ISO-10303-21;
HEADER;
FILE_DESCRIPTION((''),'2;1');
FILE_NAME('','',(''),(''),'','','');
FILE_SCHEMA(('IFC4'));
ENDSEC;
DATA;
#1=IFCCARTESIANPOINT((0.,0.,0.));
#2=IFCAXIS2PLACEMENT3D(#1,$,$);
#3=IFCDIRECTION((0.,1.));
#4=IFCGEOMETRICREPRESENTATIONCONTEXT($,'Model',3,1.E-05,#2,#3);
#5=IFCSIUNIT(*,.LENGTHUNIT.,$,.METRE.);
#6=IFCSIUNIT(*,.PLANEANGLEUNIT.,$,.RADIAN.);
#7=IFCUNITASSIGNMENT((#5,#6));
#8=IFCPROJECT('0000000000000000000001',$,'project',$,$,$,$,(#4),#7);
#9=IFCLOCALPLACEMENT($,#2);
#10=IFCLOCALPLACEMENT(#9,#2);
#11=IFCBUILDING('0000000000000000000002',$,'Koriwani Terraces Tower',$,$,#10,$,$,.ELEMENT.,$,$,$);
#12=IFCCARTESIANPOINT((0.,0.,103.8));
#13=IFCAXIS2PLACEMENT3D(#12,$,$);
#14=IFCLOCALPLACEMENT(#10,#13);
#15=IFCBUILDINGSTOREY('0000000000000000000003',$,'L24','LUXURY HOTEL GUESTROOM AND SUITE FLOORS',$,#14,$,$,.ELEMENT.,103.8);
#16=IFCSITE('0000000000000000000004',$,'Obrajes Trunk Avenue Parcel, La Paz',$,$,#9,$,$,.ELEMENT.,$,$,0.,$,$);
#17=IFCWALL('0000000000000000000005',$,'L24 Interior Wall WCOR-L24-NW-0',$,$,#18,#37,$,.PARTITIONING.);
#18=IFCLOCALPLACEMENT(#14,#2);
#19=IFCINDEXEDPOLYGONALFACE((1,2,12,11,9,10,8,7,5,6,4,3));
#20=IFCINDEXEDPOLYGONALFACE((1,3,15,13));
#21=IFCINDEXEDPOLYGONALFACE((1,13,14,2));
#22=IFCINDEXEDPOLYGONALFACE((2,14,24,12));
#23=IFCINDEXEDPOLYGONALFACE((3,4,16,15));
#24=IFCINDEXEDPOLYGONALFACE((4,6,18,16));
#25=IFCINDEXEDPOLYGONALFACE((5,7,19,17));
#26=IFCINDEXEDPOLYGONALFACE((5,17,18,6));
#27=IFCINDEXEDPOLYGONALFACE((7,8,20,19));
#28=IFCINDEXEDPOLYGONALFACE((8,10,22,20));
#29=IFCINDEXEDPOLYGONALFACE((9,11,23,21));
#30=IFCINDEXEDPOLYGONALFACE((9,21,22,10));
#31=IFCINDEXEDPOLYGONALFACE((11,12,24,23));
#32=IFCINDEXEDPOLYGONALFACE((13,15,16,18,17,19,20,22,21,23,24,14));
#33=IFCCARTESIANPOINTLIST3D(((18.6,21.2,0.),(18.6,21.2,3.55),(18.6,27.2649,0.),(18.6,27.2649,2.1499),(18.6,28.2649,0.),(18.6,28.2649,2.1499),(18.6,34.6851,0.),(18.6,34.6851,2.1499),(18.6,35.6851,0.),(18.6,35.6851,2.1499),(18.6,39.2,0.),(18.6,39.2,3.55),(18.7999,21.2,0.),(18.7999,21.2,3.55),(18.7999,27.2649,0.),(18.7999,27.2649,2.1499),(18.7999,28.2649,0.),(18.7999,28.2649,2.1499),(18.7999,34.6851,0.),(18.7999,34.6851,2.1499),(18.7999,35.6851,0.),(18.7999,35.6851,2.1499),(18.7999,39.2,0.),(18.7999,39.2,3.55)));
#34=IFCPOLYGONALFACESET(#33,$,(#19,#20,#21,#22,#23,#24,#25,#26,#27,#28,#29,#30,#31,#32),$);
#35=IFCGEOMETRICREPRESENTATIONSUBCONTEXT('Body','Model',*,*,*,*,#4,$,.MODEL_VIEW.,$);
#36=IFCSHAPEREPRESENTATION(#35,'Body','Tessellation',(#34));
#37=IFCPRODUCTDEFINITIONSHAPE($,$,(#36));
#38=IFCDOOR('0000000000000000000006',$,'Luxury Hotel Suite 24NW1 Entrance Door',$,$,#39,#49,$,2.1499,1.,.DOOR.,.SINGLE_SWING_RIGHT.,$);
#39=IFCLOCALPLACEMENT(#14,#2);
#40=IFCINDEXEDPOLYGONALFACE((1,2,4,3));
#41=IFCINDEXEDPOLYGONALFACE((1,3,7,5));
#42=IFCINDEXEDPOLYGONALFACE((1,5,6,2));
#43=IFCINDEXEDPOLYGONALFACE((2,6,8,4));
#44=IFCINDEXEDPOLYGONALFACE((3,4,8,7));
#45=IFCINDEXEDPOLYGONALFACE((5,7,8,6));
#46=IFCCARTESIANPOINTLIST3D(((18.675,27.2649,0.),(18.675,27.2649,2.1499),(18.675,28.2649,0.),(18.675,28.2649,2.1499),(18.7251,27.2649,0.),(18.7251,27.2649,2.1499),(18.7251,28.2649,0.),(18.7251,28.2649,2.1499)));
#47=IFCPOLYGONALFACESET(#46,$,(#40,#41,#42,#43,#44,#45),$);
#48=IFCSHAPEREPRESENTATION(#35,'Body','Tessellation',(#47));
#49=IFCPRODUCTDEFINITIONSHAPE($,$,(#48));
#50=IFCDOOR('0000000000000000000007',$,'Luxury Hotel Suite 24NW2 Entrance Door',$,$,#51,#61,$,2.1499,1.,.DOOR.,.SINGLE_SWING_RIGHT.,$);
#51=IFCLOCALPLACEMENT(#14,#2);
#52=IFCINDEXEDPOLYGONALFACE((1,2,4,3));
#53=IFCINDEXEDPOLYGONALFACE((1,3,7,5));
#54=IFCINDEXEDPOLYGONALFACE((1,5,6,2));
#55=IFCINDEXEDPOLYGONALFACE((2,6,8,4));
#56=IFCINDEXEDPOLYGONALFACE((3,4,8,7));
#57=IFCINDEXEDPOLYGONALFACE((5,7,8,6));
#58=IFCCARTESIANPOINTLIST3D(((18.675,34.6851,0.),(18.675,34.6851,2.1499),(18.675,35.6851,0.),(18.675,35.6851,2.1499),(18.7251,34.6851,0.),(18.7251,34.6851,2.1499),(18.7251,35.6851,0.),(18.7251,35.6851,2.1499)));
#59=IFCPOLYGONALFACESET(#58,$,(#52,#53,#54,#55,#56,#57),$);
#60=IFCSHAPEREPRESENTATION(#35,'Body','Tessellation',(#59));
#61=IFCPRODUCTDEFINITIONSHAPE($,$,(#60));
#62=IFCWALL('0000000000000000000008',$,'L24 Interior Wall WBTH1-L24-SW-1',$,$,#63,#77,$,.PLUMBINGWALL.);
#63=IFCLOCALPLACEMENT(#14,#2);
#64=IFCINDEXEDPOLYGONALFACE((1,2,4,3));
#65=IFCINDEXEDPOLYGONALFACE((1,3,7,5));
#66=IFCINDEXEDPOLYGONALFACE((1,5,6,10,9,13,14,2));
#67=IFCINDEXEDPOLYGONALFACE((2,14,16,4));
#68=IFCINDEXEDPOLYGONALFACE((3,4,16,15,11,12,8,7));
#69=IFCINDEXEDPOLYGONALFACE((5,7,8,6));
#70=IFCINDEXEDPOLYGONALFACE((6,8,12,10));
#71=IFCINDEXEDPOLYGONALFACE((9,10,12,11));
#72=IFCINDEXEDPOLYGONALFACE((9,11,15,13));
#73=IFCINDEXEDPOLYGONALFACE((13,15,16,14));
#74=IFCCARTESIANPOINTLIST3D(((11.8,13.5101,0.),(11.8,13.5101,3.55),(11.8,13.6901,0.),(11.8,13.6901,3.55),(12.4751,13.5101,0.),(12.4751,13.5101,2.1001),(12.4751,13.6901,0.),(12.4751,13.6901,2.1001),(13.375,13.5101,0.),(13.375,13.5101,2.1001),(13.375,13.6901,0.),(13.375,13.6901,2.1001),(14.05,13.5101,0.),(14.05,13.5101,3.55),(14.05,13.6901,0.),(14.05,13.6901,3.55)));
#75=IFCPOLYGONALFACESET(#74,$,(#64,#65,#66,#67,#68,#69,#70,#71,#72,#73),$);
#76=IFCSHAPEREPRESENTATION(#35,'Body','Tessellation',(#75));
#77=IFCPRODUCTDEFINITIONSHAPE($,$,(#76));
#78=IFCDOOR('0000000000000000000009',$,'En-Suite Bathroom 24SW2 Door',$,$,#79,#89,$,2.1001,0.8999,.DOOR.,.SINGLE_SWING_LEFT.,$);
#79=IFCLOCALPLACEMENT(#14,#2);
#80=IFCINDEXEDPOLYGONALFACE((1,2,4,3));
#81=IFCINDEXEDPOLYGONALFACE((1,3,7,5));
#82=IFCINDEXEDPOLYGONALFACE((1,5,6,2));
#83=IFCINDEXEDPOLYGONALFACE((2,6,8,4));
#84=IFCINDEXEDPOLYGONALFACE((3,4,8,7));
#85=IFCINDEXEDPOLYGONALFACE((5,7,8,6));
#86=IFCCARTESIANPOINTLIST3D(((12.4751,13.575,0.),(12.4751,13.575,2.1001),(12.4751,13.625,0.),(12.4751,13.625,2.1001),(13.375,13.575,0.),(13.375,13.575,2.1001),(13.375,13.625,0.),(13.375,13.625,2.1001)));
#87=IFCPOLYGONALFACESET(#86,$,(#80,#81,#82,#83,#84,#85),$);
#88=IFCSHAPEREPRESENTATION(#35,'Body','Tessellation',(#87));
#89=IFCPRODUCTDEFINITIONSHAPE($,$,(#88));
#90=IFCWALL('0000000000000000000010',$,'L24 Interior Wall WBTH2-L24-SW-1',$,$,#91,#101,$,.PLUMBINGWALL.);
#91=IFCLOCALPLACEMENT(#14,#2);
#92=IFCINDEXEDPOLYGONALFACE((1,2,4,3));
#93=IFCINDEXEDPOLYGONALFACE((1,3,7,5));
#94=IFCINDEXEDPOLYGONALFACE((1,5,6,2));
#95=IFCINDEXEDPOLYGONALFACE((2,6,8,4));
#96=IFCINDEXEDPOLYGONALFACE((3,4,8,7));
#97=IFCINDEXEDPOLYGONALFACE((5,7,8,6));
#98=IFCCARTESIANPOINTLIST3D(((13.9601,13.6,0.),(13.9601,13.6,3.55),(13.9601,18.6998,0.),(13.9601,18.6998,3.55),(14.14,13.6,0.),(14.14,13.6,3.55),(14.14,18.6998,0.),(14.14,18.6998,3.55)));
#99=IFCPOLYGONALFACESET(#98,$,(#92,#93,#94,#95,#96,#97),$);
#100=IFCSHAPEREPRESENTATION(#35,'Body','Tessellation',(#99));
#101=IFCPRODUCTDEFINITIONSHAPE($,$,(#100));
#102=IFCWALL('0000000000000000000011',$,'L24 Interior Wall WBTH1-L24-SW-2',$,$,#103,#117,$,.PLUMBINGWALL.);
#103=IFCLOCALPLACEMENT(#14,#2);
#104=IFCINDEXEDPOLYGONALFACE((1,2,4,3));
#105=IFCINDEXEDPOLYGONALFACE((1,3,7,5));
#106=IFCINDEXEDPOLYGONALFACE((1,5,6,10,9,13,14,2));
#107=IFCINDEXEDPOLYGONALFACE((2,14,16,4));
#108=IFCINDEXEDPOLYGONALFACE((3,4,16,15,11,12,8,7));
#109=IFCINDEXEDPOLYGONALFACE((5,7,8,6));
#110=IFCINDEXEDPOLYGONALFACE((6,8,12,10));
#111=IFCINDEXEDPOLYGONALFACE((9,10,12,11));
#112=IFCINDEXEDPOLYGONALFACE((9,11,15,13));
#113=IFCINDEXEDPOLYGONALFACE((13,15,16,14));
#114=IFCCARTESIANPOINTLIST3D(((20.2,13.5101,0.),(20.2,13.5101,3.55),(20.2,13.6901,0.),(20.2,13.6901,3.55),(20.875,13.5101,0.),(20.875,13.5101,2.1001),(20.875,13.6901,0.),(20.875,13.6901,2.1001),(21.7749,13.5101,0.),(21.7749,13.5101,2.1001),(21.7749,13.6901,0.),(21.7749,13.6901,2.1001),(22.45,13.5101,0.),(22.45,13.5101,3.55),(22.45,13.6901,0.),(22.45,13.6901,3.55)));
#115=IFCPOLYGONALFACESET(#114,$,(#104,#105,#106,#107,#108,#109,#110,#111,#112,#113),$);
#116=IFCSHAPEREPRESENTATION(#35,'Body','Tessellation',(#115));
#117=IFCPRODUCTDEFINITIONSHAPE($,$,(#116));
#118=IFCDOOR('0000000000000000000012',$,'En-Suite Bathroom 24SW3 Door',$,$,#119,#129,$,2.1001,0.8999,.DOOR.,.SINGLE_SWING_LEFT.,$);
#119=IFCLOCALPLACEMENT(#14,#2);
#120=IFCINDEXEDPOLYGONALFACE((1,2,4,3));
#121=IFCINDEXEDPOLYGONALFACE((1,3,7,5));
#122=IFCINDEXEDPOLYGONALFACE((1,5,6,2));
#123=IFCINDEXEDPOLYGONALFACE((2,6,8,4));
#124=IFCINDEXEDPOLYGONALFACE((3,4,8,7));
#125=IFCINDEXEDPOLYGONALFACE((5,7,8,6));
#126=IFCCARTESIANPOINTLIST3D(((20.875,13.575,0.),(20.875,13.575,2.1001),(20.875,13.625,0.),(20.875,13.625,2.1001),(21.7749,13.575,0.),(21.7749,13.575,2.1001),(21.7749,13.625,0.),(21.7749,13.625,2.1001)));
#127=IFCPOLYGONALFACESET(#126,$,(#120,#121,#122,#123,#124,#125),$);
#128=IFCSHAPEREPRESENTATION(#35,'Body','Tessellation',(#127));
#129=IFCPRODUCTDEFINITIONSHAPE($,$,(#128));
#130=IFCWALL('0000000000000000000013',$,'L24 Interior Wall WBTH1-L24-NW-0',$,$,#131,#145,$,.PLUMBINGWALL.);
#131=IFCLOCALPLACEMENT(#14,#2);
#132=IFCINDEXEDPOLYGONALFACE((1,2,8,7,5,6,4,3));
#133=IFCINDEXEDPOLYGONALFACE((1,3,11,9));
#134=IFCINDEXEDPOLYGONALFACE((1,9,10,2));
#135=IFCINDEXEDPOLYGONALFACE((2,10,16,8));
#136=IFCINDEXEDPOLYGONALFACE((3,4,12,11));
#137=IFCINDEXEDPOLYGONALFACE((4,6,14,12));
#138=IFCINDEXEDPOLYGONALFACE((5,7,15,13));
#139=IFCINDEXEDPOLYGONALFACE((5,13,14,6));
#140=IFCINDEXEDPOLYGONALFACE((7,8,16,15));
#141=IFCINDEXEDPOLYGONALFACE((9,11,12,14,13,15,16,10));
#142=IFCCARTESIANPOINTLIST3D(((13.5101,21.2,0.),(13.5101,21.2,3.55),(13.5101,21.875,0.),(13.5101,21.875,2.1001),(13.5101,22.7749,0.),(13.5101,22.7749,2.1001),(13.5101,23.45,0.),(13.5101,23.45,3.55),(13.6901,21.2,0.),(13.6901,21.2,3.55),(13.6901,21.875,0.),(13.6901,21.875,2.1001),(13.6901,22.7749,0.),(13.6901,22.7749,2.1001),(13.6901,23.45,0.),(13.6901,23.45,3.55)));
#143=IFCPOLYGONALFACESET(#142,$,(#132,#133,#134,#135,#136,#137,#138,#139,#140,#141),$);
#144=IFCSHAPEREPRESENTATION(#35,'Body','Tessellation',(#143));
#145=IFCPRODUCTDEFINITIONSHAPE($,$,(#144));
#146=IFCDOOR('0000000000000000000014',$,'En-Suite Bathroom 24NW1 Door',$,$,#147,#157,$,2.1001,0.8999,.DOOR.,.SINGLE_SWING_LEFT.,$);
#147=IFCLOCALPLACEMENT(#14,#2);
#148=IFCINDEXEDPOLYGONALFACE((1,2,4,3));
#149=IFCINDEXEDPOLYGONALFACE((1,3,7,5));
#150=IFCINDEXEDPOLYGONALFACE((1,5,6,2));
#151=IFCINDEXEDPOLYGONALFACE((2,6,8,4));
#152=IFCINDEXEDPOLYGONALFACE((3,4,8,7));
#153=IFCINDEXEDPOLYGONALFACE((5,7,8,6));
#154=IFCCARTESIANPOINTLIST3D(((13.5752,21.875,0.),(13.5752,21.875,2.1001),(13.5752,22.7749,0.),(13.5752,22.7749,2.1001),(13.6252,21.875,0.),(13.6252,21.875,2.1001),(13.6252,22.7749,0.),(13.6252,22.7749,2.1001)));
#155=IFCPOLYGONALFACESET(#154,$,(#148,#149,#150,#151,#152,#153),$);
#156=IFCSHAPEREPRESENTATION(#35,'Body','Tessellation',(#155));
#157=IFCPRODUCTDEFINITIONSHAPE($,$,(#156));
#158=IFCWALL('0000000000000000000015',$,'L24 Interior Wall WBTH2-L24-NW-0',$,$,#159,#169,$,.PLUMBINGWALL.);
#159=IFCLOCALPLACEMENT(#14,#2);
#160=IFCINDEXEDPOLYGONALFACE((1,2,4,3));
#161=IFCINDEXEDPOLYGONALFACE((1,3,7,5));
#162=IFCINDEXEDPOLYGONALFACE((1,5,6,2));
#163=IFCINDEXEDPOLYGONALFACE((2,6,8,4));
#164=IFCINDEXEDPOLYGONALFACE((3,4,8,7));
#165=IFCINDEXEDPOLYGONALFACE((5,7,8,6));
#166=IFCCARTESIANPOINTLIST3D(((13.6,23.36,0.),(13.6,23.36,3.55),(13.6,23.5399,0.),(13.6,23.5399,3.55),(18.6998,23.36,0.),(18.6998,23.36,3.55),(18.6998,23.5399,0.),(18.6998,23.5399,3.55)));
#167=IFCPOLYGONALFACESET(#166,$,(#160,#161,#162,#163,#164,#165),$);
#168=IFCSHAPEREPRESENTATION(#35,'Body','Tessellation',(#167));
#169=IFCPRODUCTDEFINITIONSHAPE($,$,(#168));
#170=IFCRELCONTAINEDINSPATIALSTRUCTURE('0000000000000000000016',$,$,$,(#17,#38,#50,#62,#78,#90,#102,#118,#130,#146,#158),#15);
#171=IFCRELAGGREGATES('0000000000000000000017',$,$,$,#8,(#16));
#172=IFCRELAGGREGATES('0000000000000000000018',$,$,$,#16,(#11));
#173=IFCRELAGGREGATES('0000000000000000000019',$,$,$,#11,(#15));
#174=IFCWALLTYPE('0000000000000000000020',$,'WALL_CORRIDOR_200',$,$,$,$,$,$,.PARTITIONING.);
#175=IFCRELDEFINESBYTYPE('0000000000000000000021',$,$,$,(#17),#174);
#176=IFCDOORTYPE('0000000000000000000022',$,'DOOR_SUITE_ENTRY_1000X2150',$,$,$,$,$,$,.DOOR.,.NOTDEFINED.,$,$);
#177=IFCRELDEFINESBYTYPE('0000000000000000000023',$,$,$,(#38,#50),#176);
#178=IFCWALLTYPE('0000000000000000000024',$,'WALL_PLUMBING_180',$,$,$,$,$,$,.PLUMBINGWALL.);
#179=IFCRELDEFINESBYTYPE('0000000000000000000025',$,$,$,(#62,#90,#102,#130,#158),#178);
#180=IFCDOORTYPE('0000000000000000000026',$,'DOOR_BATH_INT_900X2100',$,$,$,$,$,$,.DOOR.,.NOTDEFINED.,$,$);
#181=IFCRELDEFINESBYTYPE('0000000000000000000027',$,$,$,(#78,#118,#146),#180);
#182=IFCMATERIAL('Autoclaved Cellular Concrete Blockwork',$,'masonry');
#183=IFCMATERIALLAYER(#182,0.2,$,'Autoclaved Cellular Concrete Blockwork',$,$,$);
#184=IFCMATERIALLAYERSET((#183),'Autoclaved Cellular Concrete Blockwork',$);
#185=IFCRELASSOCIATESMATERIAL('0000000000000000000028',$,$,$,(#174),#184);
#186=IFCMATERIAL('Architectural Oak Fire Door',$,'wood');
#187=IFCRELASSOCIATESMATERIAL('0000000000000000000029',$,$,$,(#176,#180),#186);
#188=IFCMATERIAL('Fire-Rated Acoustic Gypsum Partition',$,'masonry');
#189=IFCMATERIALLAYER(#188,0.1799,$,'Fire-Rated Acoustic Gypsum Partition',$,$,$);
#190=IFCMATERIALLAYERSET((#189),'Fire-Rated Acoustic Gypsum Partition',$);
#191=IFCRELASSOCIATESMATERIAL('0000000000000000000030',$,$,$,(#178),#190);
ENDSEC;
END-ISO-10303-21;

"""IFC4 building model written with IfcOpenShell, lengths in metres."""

from ifc_helpers import new_model, si_unit, direction, frame, frame_2d, origin, place, context, subcontext, project, spatial, rectangle, extrude, material, layer, layer_set, type_object, element, fill, save


model = new_model("IFC4")

# Units and contexts
model_context = context("Model", 3, precision=1e-05, world=origin(), true_north=direction((0.0, 1.0)))
body_context = subcontext(model_context, "Body", "Model", "MODEL_VIEW")
ifc_project = project(units=[si_unit("LENGTHUNIT", "METRE"), si_unit("PLANEANGLEUNIT", "RADIAN")], contexts=[model_context])

# Site, building, storey
site_placement = place(None, origin())
site = spatial("IfcSite", under=ifc_project, at=site_placement, Name="Obrajes Trunk Avenue Parcel, La Paz", CompositionType="ELEMENT", RefElevation=0.0)
building_placement = place(site_placement, origin())
building = spatial("IfcBuilding", under=site, at=building_placement, Name="Koriwani Terraces Tower", CompositionType="ELEMENT")
storey_placement = place(building_placement, frame((0.0, 0.0, 103.8)))
storey = spatial("IfcBuildingStorey", under=building, at=storey_placement, Name="L24", Description="LUXURY HOTEL GUESTROOM AND SUITE FLOORS", CompositionType="ELEMENT", Elevation=103.8)

# Wall, openings, doors
ifc_material_1 = material(Name="Autoclaved Cellular Concrete Blockwork", Category="masonry")
ifc_layer_1 = layer(ifc_material_1, 0.2, Name="Autoclaved Cellular Concrete Blockwork")
ifc_layer_set_1 = layer_set([ifc_layer_1], Name="Autoclaved Cellular Concrete Blockwork")
wall_type_1 = type_object("IfcWallType", Name="WALL_CORRIDOR_200", PredefinedType="PARTITIONING", material=ifc_layer_set_1)
ifc_material_2 = material(Name="Architectural Oak Fire Door", Category="wood")
wall_1_placement = place(storey_placement, frame((18.7, 21.2, 0.0), z_axis=(0.0, 0.0, 1.0), x_axis=(0.0, 1.0, 0.0)))
wall_1 = element("IfcWall", 1, at=wall_1_placement, inside=storey, type_object=wall_type_1, Name="L24 Interior Wall WCOR-L24-NW-0", PredefinedType="PARTITIONING", context=body_context, shape_type="SweptSolid", body=[
    extrude(rectangle(XDim=18.0, YDim=0.2, at=frame_2d((9.0, 0.0))), origin(), (0.0, 0.0, 1.0), 3.55),
])
opening_1_placement = place(wall_1_placement, frame((6.0649, 0.0, 0.0)))
opening_1 = element("IfcOpeningElement", 2, at=opening_1_placement, cuts=wall_1, PredefinedType="OPENING", context=body_context, shape_type="SweptSolid", body=[
    extrude(rectangle(XDim=1.0, YDim=2.1499, at=frame_2d((0.5, 1.075))), frame((0.0, 0.1099, 0.0), z_axis=(0.0, -1.0, 0.0), x_axis=(1.0, 0.0, 0.0)), (0.0, 0.0, 1.0), 0.22),
])
opening_2_placement = place(wall_1_placement, frame((13.4851, 0.0, 0.0)))
opening_2 = element("IfcOpeningElement", 3, at=opening_2_placement, cuts=wall_1, PredefinedType="OPENING", context=body_context, shape_type="SweptSolid", body=[
    extrude(rectangle(XDim=1.0, YDim=2.1499, at=frame_2d((0.5, 1.075))), frame((0.0, 0.1099, 0.0), z_axis=(0.0, -1.0, 0.0), x_axis=(1.0, 0.0, 0.0)), (0.0, 0.0, 1.0), 0.22),
])
door_type_1 = type_object("IfcDoorType", Name="DOOR_SUITE_ENTRY_1000X2150", OperationType="NOTDEFINED", PredefinedType="DOOR", material=ifc_material_2)
door_1_placement = place(opening_1_placement, origin())
door_1 = element("IfcDoor", 4, at=door_1_placement, inside=storey, type_object=door_type_1, Name="Luxury Hotel Suite 24NW1 Entrance Door", OperationType="SINGLE_SWING_RIGHT", OverallHeight=2.1499, OverallWidth=1.0, PredefinedType="DOOR", context=body_context, shape_type="SweptSolid", body=[
    extrude(rectangle(XDim=1.0, YDim=2.1499, at=frame_2d((0.5, 1.075))), frame((0.0, 0.0249, 0.0), z_axis=(0.0, -1.0, 0.0), x_axis=(1.0, 0.0, 0.0)), (0.0, 0.0, 1.0), 0.05),
])
fill(opening_1, door_1)
door_2_placement = place(opening_2_placement, origin())
door_2 = element("IfcDoor", 5, at=door_2_placement, inside=storey, type_object=door_type_1, Name="Luxury Hotel Suite 24NW2 Entrance Door", OperationType="SINGLE_SWING_RIGHT", OverallHeight=2.1499, OverallWidth=1.0, PredefinedType="DOOR", context=body_context, shape_type="SweptSolid", body=[
    extrude(rectangle(XDim=1.0, YDim=2.1499, at=frame_2d((0.5, 1.075))), frame((0.0, 0.0249, 0.0), z_axis=(0.0, -1.0, 0.0), x_axis=(1.0, 0.0, 0.0)), (0.0, 0.0, 1.0), 0.05),
])
fill(opening_2, door_2)

# Wall, opening, door
ifc_material_3 = material(Name="Fire-Rated Acoustic Gypsum Partition", Category="masonry")
ifc_layer_2 = layer(ifc_material_3, 0.1799, Name="Fire-Rated Acoustic Gypsum Partition")
ifc_layer_set_2 = layer_set([ifc_layer_2], Name="Fire-Rated Acoustic Gypsum Partition")
wall_type_2 = type_object("IfcWallType", Name="WALL_PLUMBING_180", PredefinedType="PLUMBINGWALL", material=ifc_layer_set_2)
wall_2_placement = place(storey_placement, frame((11.8, 13.6001, 0.0), z_axis=(0.0, 0.0, 1.0), x_axis=(1.0, 0.0, 0.0)))
wall_2 = element("IfcWall", 6, at=wall_2_placement, inside=storey, type_object=wall_type_2, Name="L24 Interior Wall WBTH1-L24-SW-1", PredefinedType="PLUMBINGWALL", context=body_context, shape_type="SweptSolid", body=[
    extrude(rectangle(XDim=2.25, YDim=0.1799, at=frame_2d((1.125, 0.0))), origin(), (0.0, 0.0, 1.0), 3.55),
])
opening_3_placement = place(wall_2_placement, frame((0.675, 0.0, 0.0)))
opening_3 = element("IfcOpeningElement", 7, at=opening_3_placement, cuts=wall_2, PredefinedType="OPENING", context=body_context, shape_type="SweptSolid", body=[
    extrude(rectangle(XDim=0.8999, YDim=2.1001, at=frame_2d((0.45, 1.05))), frame((0.0, 0.1001, 0.0), z_axis=(0.0, -1.0, 0.0), x_axis=(1.0, 0.0, 0.0)), (0.0, 0.0, 1.0), 0.2),
])
door_type_2 = type_object("IfcDoorType", Name="DOOR_BATH_INT_900X2100", OperationType="NOTDEFINED", PredefinedType="DOOR", material=ifc_material_2)
door_3_placement = place(opening_3_placement, origin())
door_3 = element("IfcDoor", 8, at=door_3_placement, inside=storey, type_object=door_type_2, Name="En-Suite Bathroom 24SW2 Door", OperationType="SINGLE_SWING_LEFT", OverallHeight=2.1001, OverallWidth=0.8999, PredefinedType="DOOR", context=body_context, shape_type="SweptSolid", body=[
    extrude(rectangle(XDim=0.8999, YDim=2.1001, at=frame_2d((0.45, 1.05))), frame((0.0, 0.0249, 0.0), z_axis=(0.0, -1.0, 0.0), x_axis=(1.0, 0.0, 0.0)), (0.0, 0.0, 1.0), 0.05),
])
fill(opening_3, door_3)

# Wall
wall_3_placement = place(storey_placement, frame((14.05, 13.6001, 0.0), z_axis=(0.0, 0.0, 1.0), x_axis=(0.0, 1.0, 0.0)))
element("IfcWall", 9, at=wall_3_placement, inside=storey, type_object=wall_type_2, Name="L24 Interior Wall WBTH2-L24-SW-1", PredefinedType="PLUMBINGWALL", context=body_context, shape_type="SweptSolid", body=[
    extrude(rectangle(XDim=5.0999, YDim=0.1799, at=frame_2d((2.5498, 0.0))), origin(), (0.0, 0.0, 1.0), 3.55),
])

# Walls, openings, doors
wall_4_placement = place(storey_placement, frame((20.2, 13.6001, 0.0), z_axis=(0.0, 0.0, 1.0), x_axis=(1.0, 0.0, 0.0)))
wall_4 = element("IfcWall", 10, at=wall_4_placement, inside=storey, type_object=wall_type_2, Name="L24 Interior Wall WBTH1-L24-SW-2", PredefinedType="PLUMBINGWALL", context=body_context, shape_type="SweptSolid", body=[
    extrude(rectangle(XDim=2.25, YDim=0.1799, at=frame_2d((1.125, 0.0))), origin(), (0.0, 0.0, 1.0), 3.55),
])
opening_4_placement = place(wall_4_placement, frame((0.675, 0.0, 0.0)))
opening_4 = element("IfcOpeningElement", 11, at=opening_4_placement, cuts=wall_4, PredefinedType="OPENING", context=body_context, shape_type="SweptSolid", body=[
    extrude(rectangle(XDim=0.8999, YDim=2.1001, at=frame_2d((0.45, 1.05))), frame((0.0, 0.1001, 0.0), z_axis=(0.0, -1.0, 0.0), x_axis=(1.0, 0.0, 0.0)), (0.0, 0.0, 1.0), 0.2),
])
door_4_placement = place(opening_4_placement, origin())
door_4 = element("IfcDoor", 12, at=door_4_placement, inside=storey, type_object=door_type_2, Name="En-Suite Bathroom 24SW3 Door", OperationType="SINGLE_SWING_LEFT", OverallHeight=2.1001, OverallWidth=0.8999, PredefinedType="DOOR", context=body_context, shape_type="SweptSolid", body=[
    extrude(rectangle(XDim=0.8999, YDim=2.1001, at=frame_2d((0.45, 1.05))), frame((0.0, 0.0249, 0.0), z_axis=(0.0, -1.0, 0.0), x_axis=(1.0, 0.0, 0.0)), (0.0, 0.0, 1.0), 0.05),
])
fill(opening_4, door_4)
wall_5_placement = place(storey_placement, frame((13.6001, 21.2, 0.0), z_axis=(0.0, 0.0, 1.0), x_axis=(0.0, 1.0, 0.0)))
wall_5 = element("IfcWall", 13, at=wall_5_placement, inside=storey, type_object=wall_type_2, Name="L24 Interior Wall WBTH1-L24-NW-0", PredefinedType="PLUMBINGWALL", context=body_context, shape_type="SweptSolid", body=[
    extrude(rectangle(XDim=2.25, YDim=0.1799, at=frame_2d((1.125, 0.0))), origin(), (0.0, 0.0, 1.0), 3.55),
])
opening_5_placement = place(wall_5_placement, frame((0.675, 0.0, 0.0)))
opening_5 = element("IfcOpeningElement", 14, at=opening_5_placement, cuts=wall_5, PredefinedType="OPENING", context=body_context, shape_type="SweptSolid", body=[
    extrude(rectangle(XDim=0.8999, YDim=2.1001, at=frame_2d((0.45, 1.05))), frame((0.0, 0.1001, 0.0), z_axis=(0.0, -1.0, 0.0), x_axis=(1.0, 0.0, 0.0)), (0.0, 0.0, 1.0), 0.2),
])
door_5_placement = place(opening_5_placement, origin())
door_5 = element("IfcDoor", 15, at=door_5_placement, inside=storey, type_object=door_type_2, Name="En-Suite Bathroom 24NW1 Door", OperationType="SINGLE_SWING_LEFT", OverallHeight=2.1001, OverallWidth=0.8999, PredefinedType="DOOR", context=body_context, shape_type="SweptSolid", body=[
    extrude(rectangle(XDim=0.8999, YDim=2.1001, at=frame_2d((0.45, 1.05))), frame((0.0, 0.0249, 0.0), z_axis=(0.0, -1.0, 0.0), x_axis=(1.0, 0.0, 0.0)), (0.0, 0.0, 1.0), 0.05),
])
fill(opening_5, door_5)

# Wall
wall_6_placement = place(storey_placement, frame((13.6001, 23.45, 0.0), z_axis=(0.0, 0.0, 1.0), x_axis=(1.0, 0.0, 0.0)))
element("IfcWall", 16, at=wall_6_placement, inside=storey, type_object=wall_type_2, Name="L24 Interior Wall WBTH2-L24-NW-0", PredefinedType="PLUMBINGWALL", context=body_context, shape_type="SweptSolid", body=[
    extrude(rectangle(XDim=5.0999, YDim=0.1799, at=frame_2d((2.5498, 0.0))), origin(), (0.0, 0.0, 1.0), 3.55),
])

save(model, "model.ifc")
